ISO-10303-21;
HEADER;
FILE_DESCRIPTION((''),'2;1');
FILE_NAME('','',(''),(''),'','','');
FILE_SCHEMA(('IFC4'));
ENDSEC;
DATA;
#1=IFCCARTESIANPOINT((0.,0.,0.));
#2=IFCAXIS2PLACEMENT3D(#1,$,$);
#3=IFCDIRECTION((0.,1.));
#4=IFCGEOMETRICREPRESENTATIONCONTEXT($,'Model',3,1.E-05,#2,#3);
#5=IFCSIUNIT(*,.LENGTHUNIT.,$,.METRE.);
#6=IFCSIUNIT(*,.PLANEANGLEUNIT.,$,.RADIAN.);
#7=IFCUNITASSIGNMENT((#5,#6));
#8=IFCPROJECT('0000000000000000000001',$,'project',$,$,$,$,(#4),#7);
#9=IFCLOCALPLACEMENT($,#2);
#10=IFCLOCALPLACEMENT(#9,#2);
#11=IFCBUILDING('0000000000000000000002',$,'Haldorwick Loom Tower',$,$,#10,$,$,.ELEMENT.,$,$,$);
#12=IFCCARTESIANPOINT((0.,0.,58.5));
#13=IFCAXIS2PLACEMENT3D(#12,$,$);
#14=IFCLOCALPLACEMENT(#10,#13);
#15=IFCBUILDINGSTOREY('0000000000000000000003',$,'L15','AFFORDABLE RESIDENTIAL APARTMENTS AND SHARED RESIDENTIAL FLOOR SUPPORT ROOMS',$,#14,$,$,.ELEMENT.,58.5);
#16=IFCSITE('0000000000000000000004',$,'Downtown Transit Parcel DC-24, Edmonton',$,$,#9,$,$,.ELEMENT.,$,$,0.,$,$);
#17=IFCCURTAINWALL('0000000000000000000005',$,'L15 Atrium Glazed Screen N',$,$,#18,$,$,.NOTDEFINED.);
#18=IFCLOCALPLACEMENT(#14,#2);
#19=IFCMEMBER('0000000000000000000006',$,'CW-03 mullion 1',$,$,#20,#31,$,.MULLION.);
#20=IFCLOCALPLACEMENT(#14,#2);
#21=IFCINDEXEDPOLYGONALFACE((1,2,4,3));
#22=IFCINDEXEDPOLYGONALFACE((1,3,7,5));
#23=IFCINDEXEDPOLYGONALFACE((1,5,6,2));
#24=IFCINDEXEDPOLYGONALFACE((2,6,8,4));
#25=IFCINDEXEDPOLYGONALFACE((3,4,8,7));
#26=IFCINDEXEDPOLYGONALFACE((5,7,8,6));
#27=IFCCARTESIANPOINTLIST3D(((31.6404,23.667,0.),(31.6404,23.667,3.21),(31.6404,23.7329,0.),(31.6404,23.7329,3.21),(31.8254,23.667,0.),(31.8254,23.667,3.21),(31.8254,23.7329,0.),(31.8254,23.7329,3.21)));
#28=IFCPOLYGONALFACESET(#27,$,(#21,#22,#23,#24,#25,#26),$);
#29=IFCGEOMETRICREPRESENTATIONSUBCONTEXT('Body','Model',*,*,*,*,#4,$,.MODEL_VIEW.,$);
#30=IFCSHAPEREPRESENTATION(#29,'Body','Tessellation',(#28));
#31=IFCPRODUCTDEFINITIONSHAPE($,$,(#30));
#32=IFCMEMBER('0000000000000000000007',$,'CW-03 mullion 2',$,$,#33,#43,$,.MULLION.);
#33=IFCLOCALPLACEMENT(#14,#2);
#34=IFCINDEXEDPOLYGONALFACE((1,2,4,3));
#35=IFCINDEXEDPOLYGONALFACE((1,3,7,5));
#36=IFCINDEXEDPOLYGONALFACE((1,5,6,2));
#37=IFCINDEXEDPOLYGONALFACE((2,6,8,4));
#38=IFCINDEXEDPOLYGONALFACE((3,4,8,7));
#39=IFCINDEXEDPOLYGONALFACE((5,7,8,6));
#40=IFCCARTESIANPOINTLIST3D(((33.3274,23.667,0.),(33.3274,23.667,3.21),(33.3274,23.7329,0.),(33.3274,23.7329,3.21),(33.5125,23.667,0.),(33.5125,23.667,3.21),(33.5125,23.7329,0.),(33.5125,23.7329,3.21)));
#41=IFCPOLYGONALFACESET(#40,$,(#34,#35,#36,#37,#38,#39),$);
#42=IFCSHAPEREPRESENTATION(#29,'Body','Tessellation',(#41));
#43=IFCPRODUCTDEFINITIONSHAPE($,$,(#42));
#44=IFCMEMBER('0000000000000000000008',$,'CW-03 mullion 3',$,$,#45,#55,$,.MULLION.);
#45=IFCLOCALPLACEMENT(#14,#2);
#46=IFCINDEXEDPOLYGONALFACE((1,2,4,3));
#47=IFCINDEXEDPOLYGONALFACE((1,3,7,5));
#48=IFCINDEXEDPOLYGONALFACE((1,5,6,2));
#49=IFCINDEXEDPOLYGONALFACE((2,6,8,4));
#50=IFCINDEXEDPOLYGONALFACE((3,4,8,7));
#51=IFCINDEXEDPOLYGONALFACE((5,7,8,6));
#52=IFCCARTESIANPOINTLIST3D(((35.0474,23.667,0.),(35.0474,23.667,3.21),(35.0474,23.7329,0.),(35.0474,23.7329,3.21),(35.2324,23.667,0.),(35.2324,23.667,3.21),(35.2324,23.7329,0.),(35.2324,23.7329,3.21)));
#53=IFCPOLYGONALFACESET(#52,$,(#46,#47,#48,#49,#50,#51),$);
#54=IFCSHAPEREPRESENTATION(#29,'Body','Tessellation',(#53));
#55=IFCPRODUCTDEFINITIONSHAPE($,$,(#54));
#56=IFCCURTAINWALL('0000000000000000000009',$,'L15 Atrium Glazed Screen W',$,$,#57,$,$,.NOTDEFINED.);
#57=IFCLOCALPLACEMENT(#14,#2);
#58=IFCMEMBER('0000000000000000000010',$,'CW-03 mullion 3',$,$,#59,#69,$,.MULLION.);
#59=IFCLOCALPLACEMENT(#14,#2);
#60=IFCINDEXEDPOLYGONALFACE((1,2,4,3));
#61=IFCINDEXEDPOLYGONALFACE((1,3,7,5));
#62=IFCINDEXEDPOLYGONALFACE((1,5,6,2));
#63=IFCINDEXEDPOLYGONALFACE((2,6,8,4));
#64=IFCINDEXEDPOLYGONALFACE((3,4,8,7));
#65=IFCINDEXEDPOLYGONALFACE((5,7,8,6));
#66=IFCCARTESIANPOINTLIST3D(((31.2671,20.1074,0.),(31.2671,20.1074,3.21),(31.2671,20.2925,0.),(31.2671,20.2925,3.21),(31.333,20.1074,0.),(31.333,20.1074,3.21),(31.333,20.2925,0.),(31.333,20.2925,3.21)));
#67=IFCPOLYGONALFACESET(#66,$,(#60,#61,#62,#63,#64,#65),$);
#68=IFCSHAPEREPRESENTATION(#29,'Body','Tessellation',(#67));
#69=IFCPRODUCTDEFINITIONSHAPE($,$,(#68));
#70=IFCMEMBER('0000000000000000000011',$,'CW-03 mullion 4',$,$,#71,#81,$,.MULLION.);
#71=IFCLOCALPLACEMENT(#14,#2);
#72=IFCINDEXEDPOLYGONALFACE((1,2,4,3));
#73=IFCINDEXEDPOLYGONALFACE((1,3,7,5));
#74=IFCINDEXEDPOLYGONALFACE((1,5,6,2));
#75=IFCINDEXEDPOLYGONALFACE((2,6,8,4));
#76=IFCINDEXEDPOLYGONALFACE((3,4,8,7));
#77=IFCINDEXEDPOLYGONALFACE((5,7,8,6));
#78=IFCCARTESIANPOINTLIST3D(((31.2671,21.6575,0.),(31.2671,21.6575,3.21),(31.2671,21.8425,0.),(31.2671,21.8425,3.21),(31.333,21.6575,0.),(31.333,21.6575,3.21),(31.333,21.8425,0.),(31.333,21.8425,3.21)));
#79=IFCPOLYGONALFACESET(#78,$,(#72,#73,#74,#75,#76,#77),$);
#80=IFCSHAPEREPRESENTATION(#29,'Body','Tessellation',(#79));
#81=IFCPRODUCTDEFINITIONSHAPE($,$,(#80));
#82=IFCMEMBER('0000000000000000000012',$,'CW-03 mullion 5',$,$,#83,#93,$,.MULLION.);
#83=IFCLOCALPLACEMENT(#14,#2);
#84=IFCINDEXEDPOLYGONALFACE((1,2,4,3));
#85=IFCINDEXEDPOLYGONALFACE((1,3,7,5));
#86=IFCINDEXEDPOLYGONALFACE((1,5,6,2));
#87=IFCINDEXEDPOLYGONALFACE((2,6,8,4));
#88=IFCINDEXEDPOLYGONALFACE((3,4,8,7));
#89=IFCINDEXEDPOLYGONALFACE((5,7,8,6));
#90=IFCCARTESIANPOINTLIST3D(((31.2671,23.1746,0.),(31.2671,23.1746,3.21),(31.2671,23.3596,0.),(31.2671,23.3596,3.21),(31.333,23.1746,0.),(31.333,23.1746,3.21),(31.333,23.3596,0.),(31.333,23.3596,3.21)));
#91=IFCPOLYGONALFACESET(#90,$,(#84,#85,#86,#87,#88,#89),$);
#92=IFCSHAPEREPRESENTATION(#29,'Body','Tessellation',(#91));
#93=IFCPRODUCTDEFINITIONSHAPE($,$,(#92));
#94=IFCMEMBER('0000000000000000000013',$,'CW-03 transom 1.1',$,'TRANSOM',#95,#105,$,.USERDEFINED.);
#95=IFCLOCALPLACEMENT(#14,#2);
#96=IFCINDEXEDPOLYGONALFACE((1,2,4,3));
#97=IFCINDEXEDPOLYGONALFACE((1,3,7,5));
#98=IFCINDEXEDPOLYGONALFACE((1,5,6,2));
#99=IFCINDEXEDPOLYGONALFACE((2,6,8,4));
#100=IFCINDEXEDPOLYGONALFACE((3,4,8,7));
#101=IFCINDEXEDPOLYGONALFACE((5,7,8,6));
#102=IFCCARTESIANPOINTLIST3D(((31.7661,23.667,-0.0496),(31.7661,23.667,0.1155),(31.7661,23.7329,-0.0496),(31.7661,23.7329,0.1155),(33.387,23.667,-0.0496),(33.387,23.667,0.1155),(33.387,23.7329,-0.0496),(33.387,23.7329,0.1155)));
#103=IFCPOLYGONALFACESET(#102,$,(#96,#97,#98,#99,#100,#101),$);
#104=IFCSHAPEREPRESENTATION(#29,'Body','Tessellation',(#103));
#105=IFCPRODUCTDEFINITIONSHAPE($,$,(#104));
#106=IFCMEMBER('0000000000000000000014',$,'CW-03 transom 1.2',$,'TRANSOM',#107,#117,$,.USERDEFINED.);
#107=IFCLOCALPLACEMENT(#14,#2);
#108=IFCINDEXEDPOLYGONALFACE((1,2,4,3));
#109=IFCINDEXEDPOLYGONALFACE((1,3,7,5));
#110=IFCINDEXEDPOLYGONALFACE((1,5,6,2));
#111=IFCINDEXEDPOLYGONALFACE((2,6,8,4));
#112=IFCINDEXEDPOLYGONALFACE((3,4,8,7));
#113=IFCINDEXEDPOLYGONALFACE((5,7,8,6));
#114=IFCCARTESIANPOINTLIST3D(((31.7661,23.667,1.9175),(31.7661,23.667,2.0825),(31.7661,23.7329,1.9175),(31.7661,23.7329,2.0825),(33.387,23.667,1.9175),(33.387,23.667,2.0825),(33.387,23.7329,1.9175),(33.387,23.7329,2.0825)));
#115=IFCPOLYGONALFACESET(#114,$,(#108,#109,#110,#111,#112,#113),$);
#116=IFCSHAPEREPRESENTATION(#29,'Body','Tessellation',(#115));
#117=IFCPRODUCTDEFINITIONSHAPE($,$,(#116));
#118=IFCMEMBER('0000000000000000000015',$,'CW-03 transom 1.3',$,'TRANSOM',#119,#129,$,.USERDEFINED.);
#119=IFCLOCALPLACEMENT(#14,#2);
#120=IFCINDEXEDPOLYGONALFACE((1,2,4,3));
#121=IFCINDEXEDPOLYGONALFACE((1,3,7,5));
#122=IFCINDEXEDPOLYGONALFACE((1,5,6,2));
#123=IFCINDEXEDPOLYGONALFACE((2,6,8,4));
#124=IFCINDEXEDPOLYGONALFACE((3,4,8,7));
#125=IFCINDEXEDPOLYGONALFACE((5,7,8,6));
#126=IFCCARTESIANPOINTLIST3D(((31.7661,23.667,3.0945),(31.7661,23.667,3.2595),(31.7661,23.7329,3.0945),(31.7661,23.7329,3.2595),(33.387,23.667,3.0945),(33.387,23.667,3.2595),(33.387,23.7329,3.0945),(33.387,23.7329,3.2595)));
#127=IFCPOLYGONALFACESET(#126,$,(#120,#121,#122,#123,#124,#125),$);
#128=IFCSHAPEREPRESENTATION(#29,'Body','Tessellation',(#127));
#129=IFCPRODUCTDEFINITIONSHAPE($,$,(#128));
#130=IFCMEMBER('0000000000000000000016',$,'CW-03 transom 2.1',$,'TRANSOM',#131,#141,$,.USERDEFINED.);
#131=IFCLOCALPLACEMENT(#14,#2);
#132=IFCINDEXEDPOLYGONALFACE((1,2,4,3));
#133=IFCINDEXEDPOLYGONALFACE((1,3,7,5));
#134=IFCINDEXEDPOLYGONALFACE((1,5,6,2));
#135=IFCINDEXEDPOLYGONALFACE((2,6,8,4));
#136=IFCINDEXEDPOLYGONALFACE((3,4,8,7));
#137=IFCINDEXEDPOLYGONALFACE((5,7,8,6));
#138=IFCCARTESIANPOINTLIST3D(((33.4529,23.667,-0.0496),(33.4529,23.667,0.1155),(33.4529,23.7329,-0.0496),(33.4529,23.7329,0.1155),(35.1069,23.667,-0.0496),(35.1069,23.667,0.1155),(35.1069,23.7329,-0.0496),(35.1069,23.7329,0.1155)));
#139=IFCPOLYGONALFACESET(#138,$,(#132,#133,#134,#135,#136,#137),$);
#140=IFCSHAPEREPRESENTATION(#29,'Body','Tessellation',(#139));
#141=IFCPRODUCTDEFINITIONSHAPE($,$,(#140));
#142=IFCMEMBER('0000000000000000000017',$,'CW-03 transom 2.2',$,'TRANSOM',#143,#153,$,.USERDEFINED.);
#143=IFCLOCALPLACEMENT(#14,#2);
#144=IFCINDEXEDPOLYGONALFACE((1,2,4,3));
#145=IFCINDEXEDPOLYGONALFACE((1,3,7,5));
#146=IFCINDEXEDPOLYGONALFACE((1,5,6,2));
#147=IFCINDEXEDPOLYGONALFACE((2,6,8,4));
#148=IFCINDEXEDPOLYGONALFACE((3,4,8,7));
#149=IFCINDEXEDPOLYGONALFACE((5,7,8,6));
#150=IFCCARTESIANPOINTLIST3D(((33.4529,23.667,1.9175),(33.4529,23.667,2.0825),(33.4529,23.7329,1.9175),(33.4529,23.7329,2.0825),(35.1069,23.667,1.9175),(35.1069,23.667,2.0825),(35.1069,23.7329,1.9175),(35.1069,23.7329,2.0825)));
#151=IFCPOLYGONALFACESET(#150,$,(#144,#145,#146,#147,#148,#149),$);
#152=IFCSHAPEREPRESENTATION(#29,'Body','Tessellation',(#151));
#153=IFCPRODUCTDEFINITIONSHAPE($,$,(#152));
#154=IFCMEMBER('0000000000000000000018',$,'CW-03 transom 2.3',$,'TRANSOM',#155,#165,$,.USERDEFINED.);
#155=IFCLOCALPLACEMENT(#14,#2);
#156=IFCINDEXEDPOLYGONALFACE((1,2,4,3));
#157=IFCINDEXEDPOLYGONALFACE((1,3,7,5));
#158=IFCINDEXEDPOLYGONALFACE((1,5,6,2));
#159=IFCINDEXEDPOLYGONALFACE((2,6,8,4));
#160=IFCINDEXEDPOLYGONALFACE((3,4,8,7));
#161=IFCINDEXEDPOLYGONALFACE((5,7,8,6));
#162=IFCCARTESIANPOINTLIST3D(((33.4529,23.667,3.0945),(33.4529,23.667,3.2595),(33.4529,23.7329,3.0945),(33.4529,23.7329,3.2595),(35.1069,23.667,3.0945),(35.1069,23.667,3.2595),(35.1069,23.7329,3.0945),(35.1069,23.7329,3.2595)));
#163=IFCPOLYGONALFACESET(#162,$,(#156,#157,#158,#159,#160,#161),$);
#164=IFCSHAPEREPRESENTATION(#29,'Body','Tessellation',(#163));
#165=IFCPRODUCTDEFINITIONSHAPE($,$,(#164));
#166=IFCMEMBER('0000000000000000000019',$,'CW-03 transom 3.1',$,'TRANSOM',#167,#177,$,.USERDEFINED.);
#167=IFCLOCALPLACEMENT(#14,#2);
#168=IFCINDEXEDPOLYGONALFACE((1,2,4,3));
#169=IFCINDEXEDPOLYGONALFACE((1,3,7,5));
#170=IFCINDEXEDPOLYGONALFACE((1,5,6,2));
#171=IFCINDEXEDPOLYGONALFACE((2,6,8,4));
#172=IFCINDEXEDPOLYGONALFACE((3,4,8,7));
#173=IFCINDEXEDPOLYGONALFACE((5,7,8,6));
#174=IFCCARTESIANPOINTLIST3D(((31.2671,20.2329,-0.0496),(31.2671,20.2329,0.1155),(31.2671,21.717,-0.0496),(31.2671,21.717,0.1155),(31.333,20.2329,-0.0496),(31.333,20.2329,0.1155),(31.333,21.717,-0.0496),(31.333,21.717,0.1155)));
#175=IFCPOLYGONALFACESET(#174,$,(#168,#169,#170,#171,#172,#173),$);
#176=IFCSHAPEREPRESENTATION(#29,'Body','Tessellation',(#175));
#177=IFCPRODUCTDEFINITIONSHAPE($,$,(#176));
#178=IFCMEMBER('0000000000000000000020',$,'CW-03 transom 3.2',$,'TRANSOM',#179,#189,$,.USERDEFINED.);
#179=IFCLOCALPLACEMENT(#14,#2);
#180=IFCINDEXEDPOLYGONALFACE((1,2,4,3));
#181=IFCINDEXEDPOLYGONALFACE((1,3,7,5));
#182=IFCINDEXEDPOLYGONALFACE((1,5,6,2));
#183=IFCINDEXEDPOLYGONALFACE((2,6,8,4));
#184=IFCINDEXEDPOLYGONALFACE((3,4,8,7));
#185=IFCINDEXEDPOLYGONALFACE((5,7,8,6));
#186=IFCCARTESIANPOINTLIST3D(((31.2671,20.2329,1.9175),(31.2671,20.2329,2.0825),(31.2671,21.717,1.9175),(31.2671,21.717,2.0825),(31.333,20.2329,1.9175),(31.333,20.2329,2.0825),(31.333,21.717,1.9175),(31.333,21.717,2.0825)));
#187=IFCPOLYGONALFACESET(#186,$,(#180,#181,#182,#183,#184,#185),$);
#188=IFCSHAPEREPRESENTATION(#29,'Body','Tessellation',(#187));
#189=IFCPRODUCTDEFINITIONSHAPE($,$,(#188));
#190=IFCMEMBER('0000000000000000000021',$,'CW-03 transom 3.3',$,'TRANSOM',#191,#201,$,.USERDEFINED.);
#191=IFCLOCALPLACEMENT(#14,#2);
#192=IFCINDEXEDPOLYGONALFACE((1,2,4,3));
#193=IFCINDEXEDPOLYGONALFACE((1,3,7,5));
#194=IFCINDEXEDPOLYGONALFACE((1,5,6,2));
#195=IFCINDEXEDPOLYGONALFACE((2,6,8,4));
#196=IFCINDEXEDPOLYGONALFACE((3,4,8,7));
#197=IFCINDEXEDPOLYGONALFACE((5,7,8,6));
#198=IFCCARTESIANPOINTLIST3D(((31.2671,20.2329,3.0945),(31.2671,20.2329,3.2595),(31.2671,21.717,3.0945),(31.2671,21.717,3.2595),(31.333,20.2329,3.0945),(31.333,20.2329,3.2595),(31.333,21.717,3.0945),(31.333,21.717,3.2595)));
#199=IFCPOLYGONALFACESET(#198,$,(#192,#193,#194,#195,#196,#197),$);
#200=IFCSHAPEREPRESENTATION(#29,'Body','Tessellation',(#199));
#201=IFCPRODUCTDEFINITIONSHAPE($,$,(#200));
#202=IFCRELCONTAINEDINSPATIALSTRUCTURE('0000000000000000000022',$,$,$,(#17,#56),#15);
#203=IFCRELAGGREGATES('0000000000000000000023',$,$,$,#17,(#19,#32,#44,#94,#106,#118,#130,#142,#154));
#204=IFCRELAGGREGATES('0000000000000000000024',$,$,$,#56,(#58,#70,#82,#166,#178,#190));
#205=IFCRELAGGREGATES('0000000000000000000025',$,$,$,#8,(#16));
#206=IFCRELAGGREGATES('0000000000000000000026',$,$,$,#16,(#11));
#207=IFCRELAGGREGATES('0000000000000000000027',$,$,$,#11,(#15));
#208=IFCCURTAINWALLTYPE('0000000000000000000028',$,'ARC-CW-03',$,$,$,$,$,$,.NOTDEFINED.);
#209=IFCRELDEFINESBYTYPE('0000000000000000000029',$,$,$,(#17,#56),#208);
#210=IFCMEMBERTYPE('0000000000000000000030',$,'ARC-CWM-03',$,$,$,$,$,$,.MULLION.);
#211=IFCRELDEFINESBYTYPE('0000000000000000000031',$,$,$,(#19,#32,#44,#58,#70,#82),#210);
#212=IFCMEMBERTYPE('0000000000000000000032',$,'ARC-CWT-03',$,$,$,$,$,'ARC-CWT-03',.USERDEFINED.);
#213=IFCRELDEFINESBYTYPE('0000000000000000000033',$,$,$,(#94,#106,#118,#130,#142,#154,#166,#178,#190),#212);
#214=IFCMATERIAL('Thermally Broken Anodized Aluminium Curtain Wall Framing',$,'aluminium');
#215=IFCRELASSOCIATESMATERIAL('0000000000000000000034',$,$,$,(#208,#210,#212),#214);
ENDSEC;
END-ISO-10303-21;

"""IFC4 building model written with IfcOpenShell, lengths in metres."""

from ifc_helpers import new_model, si_unit, direction, frame, origin, origin_2d, place, context, subcontext, project, spatial, rectangle, extrude, material, material_profile, profile_set, type_object, element, aggregate, save


model = new_model("IFC4")

# Units and contexts
model_context = context("Model", 3, precision=1e-05, world=origin(), true_north=direction((0.0, 1.0)))
body_context = subcontext(model_context, "Body", "Model", "MODEL_VIEW")
ifc_project = project(units=[si_unit("LENGTHUNIT", "METRE"), si_unit("PLANEANGLEUNIT", "RADIAN")], contexts=[model_context])

# Site, building, storey
site_placement = place(None, origin())
site = spatial("IfcSite", under=ifc_project, at=site_placement, Name="Downtown Transit Parcel DC-24, Edmonton", CompositionType="ELEMENT", RefElevation=0.0)
building_placement = place(site_placement, origin())
building = spatial("IfcBuilding", under=site, at=building_placement, Name="Haldorwick Loom Tower", CompositionType="ELEMENT")
storey_placement = place(building_placement, frame((0.0, 0.0, 58.5)))
storey = spatial("IfcBuildingStorey", under=building, at=storey_placement, Name="L15", Description="AFFORDABLE RESIDENTIAL APARTMENTS AND SHARED RESIDENTIAL FLOOR SUPPORT ROOMS", CompositionType="ELEMENT", Elevation=58.5)

# Curtain walls, members
ifc_material_1 = material(Name="Thermally Broken Anodized Aluminium Curtain Wall Framing", Category="aluminium")
curtain_wall_type = type_object("IfcCurtainWallType", Name="ARC-CW-03", PredefinedType="NOTDEFINED", material=ifc_material_1)
curtain_wall_1_placement = place(storey_placement, origin())
curtain_wall_1 = element("IfcCurtainWall", 1, at=curtain_wall_1_placement, inside=storey, type_object=curtain_wall_type, Name="L15 Atrium Glazed Screen N", PredefinedType="NOTDEFINED")
ifc_material_profile_1 = material_profile(ifc_material_1, rectangle(XDim=0.0659, YDim=0.1851, at=origin_2d()), Name="ALU_MUL_66X185", Category="aluminium")
ifc_profile_set_1 = profile_set([ifc_material_profile_1], Name="Thermally Broken Anodized Aluminium Curtain Wall Framing")
member_type_1 = type_object("IfcMemberType", Name="ARC-CWM-03", PredefinedType="MULLION", material=ifc_profile_set_1)
member_1_placement = place(storey_placement, frame((31.7329, 23.7, 0.0), z_axis=(0.0, 0.0, 1.0), x_axis=(0.0, 1.0, 0.0)))
member_1 = element("IfcMember", 2, at=member_1_placement, type_object=member_type_1, Name="CW-03 mullion 1", PredefinedType="MULLION", context=body_context, shape_type="SweptSolid", body=[
    extrude(rectangle(XDim=0.0659, YDim=0.1851, at=origin_2d()), origin(), (0.0, 0.0, 1.0), 3.21),
])
member_2_placement = place(storey_placement, frame((33.4199, 23.7, 0.0), z_axis=(0.0, 0.0, 1.0), x_axis=(0.0, 1.0, 0.0)))
member_2 = element("IfcMember", 3, at=member_2_placement, type_object=member_type_1, Name="CW-03 mullion 2", PredefinedType="MULLION", context=body_context, shape_type="SweptSolid", body=[
    extrude(rectangle(XDim=0.0659, YDim=0.1851, at=origin_2d()), origin(), (0.0, 0.0, 1.0), 3.21),
])
member_3_placement = place(storey_placement, frame((35.1399, 23.7, 0.0), z_axis=(0.0, 0.0, 1.0), x_axis=(0.0, 1.0, 0.0)))
member_3 = element("IfcMember", 4, at=member_3_placement, type_object=member_type_1, Name="CW-03 mullion 3", PredefinedType="MULLION", context=body_context, shape_type="SweptSolid", body=[
    extrude(rectangle(XDim=0.0659, YDim=0.1851, at=origin_2d()), origin(), (0.0, 0.0, 1.0), 3.21),
])
curtain_wall_2_placement = place(storey_placement, origin())
curtain_wall_2 = element("IfcCurtainWall", 5, at=curtain_wall_2_placement, inside=storey, type_object=curtain_wall_type, Name="L15 Atrium Glazed Screen W", PredefinedType="NOTDEFINED")
member_4_placement = place(storey_placement, frame((31.3, 20.2, 0.0), z_axis=(0.0, 0.0, 1.0), x_axis=(-1.0, 0.0, 0.0)))
member_4 = element("IfcMember", 6, at=member_4_placement, type_object=member_type_1, Name="CW-03 mullion 3", PredefinedType="MULLION", context=body_context, shape_type="SweptSolid", body=[
    extrude(rectangle(XDim=0.0659, YDim=0.1851, at=origin_2d()), origin(), (0.0, 0.0, 1.0), 3.21),
])
member_5_placement = place(storey_placement, frame((31.3, 21.75, 0.0), z_axis=(0.0, 0.0, 1.0), x_axis=(-1.0, 0.0, 0.0)))
member_5 = element("IfcMember", 7, at=member_5_placement, type_object=member_type_1, Name="CW-03 mullion 4", PredefinedType="MULLION", context=body_context, shape_type="SweptSolid", body=[
    extrude(rectangle(XDim=0.0659, YDim=0.1851, at=origin_2d()), origin(), (0.0, 0.0, 1.0), 3.21),
])
member_6_placement = place(storey_placement, frame((31.3, 23.2671, 0.0), z_axis=(0.0, 0.0, 1.0), x_axis=(-1.0, 0.0, 0.0)))
member_6 = element("IfcMember", 8, at=member_6_placement, type_object=member_type_1, Name="CW-03 mullion 5", PredefinedType="MULLION", context=body_context, shape_type="SweptSolid", body=[
    extrude(rectangle(XDim=0.0659, YDim=0.1851, at=origin_2d()), origin(), (0.0, 0.0, 1.0), 3.21),
])

# Members
ifc_material_profile_2 = material_profile(ifc_material_1, rectangle(XDim=0.0659, YDim=0.165, at=origin_2d()), Name="ALU_TRN_66X165", Category="aluminium")
ifc_profile_set_2 = profile_set([ifc_material_profile_2], Name="Thermally Broken Anodized Aluminium Curtain Wall Framing")
member_type_2 = type_object("IfcMemberType", Name="ARC-CWT-03", ElementType="ARC-CWT-03", PredefinedType="USERDEFINED", material=ifc_profile_set_2)
member_7_placement = place(storey_placement, frame((31.7661, 23.7, 0.033), z_axis=(1.0, 0.0, 0.0), x_axis=(0.0, 1.0, 0.0)))
member_7 = element("IfcMember", 9, at=member_7_placement, type_object=member_type_2, Name="CW-03 transom 1.1", ObjectType="TRANSOM", PredefinedType="USERDEFINED", context=body_context, shape_type="SweptSolid", body=[
    extrude(rectangle(XDim=0.0659, YDim=0.165, at=origin_2d()), origin(), (0.0, 0.0, 1.0), 1.6208),
])
member_8_placement = place(storey_placement, frame((31.7661, 23.7, 2.0), z_axis=(1.0, 0.0, 0.0), x_axis=(0.0, 1.0, 0.0)))
member_8 = element("IfcMember", 10, at=member_8_placement, type_object=member_type_2, Name="CW-03 transom 1.2", ObjectType="TRANSOM", PredefinedType="USERDEFINED", context=body_context, shape_type="SweptSolid", body=[
    extrude(rectangle(XDim=0.0659, YDim=0.165, at=origin_2d()), origin(), (0.0, 0.0, 1.0), 1.6208),
])
member_9_placement = place(storey_placement, frame((31.7661, 23.7, 3.177), z_axis=(1.0, 0.0, 0.0), x_axis=(0.0, 1.0, 0.0)))
member_9 = element("IfcMember", 11, at=member_9_placement, type_object=member_type_2, Name="CW-03 transom 1.3", ObjectType="TRANSOM", PredefinedType="USERDEFINED", context=body_context, shape_type="SweptSolid", body=[
    extrude(rectangle(XDim=0.0659, YDim=0.165, at=origin_2d()), origin(), (0.0, 0.0, 1.0), 1.6208),
])
member_10_placement = place(storey_placement, frame((33.4529, 23.7, 0.033), z_axis=(1.0, 0.0, 0.0), x_axis=(0.0, 1.0, 0.0)))
member_10 = element("IfcMember", 12, at=member_10_placement, type_object=member_type_2, Name="CW-03 transom 2.1", ObjectType="TRANSOM", PredefinedType="USERDEFINED", context=body_context, shape_type="SweptSolid", body=[
    extrude(rectangle(XDim=0.0659, YDim=0.165, at=origin_2d()), origin(), (0.0, 0.0, 1.0), 1.6541),
])
member_11_placement = place(storey_placement, frame((33.4529, 23.7, 2.0), z_axis=(1.0, 0.0, 0.0), x_axis=(0.0, 1.0, 0.0)))
member_11 = element("IfcMember", 13, at=member_11_placement, type_object=member_type_2, Name="CW-03 transom 2.2", ObjectType="TRANSOM", PredefinedType="USERDEFINED", context=body_context, shape_type="SweptSolid", body=[
    extrude(rectangle(XDim=0.0659, YDim=0.165, at=origin_2d()), origin(), (0.0, 0.0, 1.0), 1.6541),
])
member_12_placement = place(storey_placement, frame((33.4529, 23.7, 3.177), z_axis=(1.0, 0.0, 0.0), x_axis=(0.0, 1.0, 0.0)))
member_12 = element("IfcMember", 14, at=member_12_placement, type_object=member_type_2, Name="CW-03 transom 2.3", ObjectType="TRANSOM", PredefinedType="USERDEFINED", context=body_context, shape_type="SweptSolid", body=[
    extrude(rectangle(XDim=0.0659, YDim=0.165, at=origin_2d()), origin(), (0.0, 0.0, 1.0), 1.6541),
])
member_13_placement = place(storey_placement, frame((31.3, 20.2329, 0.033), z_axis=(0.0, 1.0, 0.0), x_axis=(-1.0, 0.0, 0.0)))
member_13 = element("IfcMember", 15, at=member_13_placement, type_object=member_type_2, Name="CW-03 transom 3.1", ObjectType="TRANSOM", PredefinedType="USERDEFINED", context=body_context, shape_type="SweptSolid", body=[
    extrude(rectangle(XDim=0.0659, YDim=0.165, at=origin_2d()), origin(), (0.0, 0.0, 1.0), 1.4841),
])
member_14_placement = place(storey_placement, frame((31.3, 20.2329, 2.0), z_axis=(0.0, 1.0, 0.0), x_axis=(-1.0, 0.0, 0.0)))
member_14 = element("IfcMember", 16, at=member_14_placement, type_object=member_type_2, Name="CW-03 transom 3.2", ObjectType="TRANSOM", PredefinedType="USERDEFINED", context=body_context, shape_type="SweptSolid", body=[
    extrude(rectangle(XDim=0.0659, YDim=0.165, at=origin_2d()), origin(), (0.0, 0.0, 1.0), 1.4841),
])
member_15_placement = place(storey_placement, frame((31.3, 20.2329, 3.177), z_axis=(0.0, 1.0, 0.0), x_axis=(-1.0, 0.0, 0.0)))
member_15 = element("IfcMember", 17, at=member_15_placement, type_object=member_type_2, Name="CW-03 transom 3.3", ObjectType="TRANSOM", PredefinedType="USERDEFINED", context=body_context, shape_type="SweptSolid", body=[
    extrude(rectangle(XDim=0.0659, YDim=0.165, at=origin_2d()), origin(), (0.0, 0.0, 1.0), 1.4841),
])

aggregate(curtain_wall_1, [member_1, member_2, member_3, member_7, member_8, member_9, member_10, member_11, member_12])
aggregate(curtain_wall_2, [member_4, member_5, member_6, member_13, member_14, member_15])

save(model, "model.ifc")
